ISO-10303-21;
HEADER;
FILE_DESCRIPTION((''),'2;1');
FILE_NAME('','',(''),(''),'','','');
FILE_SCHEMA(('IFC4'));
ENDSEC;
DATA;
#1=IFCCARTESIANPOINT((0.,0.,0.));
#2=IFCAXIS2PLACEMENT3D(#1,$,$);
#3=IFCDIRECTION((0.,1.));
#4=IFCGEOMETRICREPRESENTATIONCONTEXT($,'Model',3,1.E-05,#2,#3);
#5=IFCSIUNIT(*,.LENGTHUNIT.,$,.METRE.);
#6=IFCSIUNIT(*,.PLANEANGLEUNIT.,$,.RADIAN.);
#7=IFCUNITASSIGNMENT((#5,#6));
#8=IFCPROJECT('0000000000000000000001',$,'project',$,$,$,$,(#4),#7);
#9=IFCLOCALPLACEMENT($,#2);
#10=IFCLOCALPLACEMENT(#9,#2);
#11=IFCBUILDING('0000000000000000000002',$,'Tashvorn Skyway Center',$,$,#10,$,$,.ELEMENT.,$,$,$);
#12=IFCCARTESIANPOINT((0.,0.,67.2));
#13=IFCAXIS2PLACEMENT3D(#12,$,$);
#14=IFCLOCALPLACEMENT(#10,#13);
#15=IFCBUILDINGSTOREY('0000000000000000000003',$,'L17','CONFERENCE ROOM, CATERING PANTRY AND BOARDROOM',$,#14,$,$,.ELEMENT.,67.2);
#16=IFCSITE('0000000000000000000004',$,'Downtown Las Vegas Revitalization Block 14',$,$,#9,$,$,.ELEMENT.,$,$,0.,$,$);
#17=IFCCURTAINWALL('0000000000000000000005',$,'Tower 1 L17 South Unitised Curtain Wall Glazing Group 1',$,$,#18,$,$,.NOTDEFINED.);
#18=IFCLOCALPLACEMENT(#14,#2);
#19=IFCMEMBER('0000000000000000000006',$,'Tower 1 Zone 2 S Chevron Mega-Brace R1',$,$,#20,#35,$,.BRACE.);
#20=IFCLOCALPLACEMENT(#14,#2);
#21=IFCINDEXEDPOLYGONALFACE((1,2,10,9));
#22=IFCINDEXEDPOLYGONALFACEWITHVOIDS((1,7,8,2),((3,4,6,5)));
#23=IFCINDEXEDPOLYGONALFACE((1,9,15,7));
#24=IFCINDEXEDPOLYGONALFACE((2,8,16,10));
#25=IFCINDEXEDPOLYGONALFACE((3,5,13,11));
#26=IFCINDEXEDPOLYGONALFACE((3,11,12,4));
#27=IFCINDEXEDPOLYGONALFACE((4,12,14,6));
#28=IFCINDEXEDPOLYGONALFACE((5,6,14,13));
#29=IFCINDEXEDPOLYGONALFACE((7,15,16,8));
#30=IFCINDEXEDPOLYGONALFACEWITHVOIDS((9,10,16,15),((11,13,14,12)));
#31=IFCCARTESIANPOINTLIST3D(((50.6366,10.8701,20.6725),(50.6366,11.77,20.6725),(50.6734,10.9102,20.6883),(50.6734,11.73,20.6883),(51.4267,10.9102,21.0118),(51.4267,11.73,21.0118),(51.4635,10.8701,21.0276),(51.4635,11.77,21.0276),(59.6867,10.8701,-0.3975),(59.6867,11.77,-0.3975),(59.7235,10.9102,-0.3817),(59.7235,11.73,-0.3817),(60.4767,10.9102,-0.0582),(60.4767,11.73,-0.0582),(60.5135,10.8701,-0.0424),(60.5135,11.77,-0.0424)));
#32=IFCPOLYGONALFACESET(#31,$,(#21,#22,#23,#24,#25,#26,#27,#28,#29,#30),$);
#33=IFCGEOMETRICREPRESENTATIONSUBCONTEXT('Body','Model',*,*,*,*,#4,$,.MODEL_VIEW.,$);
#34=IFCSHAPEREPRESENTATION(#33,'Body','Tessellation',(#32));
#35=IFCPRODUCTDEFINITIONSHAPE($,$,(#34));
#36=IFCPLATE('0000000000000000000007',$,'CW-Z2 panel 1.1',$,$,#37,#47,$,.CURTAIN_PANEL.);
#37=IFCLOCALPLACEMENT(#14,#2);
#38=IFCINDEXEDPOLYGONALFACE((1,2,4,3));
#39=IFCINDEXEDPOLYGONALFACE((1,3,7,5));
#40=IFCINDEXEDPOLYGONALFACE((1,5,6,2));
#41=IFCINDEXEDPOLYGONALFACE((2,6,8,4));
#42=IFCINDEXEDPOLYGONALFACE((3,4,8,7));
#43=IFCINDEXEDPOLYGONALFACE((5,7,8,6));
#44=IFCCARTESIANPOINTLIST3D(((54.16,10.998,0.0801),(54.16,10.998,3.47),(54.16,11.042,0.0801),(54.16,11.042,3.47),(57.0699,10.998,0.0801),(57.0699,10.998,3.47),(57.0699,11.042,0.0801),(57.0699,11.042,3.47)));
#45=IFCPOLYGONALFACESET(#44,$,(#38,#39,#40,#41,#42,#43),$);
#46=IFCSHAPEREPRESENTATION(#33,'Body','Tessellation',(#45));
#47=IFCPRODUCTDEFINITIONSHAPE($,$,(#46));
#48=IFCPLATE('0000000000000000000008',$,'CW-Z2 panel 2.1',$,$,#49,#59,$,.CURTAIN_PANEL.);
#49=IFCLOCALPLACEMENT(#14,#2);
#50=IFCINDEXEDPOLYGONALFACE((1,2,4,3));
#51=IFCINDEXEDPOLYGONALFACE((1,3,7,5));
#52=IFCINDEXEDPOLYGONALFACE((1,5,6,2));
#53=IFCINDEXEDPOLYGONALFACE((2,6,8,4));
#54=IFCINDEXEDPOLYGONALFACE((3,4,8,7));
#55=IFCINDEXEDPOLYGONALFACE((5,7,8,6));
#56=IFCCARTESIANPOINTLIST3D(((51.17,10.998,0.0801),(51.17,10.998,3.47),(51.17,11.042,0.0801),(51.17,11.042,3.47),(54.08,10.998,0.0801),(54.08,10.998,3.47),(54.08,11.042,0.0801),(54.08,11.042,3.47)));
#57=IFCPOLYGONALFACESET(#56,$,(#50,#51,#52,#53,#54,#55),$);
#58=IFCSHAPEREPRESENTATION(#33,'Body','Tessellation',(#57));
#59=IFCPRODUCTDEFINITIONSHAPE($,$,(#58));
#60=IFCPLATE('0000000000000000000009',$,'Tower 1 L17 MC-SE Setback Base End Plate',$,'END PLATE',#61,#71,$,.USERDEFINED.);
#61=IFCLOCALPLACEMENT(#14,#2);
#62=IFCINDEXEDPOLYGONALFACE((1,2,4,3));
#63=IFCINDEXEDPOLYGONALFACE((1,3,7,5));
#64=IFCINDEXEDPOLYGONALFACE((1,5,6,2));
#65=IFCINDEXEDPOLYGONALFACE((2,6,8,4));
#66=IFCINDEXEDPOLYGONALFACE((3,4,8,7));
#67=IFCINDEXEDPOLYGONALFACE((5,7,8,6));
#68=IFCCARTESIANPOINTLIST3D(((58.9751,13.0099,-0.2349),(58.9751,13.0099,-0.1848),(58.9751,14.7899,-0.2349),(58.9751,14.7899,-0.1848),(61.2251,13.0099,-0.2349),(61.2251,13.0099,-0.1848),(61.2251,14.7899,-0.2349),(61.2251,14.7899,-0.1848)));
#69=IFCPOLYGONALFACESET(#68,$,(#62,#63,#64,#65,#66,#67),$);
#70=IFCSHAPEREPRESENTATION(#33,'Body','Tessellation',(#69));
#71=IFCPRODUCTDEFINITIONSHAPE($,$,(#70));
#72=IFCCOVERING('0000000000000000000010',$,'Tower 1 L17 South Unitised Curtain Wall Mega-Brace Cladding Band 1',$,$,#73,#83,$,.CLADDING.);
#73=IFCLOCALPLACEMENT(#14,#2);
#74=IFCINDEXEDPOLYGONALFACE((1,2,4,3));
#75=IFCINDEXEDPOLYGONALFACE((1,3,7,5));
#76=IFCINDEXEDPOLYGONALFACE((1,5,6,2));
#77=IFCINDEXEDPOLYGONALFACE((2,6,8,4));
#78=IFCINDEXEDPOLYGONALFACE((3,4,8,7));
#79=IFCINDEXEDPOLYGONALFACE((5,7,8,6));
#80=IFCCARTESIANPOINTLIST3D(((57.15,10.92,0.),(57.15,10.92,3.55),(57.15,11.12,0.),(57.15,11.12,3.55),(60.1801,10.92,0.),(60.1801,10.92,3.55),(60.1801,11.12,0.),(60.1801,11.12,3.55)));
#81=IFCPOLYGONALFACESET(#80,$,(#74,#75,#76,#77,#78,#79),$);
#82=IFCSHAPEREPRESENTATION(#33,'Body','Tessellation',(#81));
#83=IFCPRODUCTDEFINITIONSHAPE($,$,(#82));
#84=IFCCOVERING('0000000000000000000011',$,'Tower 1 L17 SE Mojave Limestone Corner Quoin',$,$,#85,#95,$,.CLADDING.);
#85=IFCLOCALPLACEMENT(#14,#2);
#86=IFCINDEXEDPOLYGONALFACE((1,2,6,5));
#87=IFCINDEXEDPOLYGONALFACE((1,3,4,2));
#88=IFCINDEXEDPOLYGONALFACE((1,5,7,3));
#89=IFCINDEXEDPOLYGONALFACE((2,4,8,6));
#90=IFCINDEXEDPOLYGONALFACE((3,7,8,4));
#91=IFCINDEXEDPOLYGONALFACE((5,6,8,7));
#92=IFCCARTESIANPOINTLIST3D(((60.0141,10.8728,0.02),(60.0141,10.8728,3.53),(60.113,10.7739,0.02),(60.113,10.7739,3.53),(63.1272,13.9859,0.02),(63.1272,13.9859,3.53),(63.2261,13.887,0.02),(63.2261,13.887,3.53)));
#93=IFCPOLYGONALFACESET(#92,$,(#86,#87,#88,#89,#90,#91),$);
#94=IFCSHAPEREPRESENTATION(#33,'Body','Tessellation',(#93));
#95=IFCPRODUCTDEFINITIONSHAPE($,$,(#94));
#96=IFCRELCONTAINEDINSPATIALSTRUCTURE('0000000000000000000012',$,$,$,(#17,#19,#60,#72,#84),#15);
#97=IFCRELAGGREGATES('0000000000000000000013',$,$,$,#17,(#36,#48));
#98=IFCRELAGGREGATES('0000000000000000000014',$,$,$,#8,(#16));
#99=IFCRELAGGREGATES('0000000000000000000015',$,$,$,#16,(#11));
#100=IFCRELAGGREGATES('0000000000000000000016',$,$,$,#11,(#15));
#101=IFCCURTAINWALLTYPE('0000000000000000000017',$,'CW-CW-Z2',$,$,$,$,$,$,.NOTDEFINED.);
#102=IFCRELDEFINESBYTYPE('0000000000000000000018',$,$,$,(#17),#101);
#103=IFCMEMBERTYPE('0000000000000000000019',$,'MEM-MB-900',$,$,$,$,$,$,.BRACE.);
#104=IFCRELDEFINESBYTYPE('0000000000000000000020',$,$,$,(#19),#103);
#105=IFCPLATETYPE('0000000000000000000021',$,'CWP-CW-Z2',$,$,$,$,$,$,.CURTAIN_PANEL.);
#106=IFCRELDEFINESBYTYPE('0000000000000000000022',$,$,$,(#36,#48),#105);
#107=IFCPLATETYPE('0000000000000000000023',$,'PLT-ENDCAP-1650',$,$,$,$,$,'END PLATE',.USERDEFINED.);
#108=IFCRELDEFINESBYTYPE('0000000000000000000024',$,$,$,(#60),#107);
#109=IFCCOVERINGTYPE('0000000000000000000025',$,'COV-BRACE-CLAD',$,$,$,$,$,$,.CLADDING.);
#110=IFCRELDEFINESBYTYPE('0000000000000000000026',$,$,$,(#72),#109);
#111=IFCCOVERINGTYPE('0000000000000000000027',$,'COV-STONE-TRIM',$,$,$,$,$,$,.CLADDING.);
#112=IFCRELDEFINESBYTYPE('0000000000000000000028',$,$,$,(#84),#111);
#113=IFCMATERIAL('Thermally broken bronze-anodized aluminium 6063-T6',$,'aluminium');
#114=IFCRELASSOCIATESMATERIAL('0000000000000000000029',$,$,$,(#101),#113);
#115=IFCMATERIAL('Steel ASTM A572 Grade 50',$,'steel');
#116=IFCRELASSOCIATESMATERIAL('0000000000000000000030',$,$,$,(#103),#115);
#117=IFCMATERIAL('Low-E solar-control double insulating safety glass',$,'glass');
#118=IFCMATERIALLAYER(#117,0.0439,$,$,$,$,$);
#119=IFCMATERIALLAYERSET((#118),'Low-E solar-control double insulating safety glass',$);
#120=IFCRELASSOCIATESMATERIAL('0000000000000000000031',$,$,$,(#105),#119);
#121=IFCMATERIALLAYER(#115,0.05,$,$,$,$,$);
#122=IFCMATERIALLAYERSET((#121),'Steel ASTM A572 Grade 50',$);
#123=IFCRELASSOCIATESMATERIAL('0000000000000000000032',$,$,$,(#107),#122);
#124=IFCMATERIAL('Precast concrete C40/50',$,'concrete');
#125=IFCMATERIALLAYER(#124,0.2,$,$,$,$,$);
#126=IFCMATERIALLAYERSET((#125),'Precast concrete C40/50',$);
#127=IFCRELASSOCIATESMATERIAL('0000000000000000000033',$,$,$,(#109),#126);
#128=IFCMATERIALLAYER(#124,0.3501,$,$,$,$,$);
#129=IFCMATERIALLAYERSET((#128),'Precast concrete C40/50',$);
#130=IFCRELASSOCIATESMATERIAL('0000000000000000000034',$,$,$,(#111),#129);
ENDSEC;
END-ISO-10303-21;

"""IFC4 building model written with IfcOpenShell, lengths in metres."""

from ifc_helpers import new_model, si_unit, direction, frame, origin, origin_2d, place, context, subcontext, project, spatial, rectangle, hollow_rectangle, extrude, material, layer, layer_set, material_profile, profile_set, type_object, element, aggregate, save


model = new_model("IFC4")

# Units and contexts
model_context = context("Model", 3, precision=1e-05, world=origin(), true_north=direction((0.0, 1.0)))
body_context = subcontext(model_context, "Body", "Model", "MODEL_VIEW")
ifc_project = project(units=[si_unit("LENGTHUNIT", "METRE"), si_unit("PLANEANGLEUNIT", "RADIAN")], contexts=[model_context])

# Site, building, storey
site_placement = place(None, origin())
site = spatial("IfcSite", under=ifc_project, at=site_placement, Name="Downtown Las Vegas Revitalization Block 14", CompositionType="ELEMENT", RefElevation=0.0)
building_placement = place(site_placement, origin())
building = spatial("IfcBuilding", under=site, at=building_placement, Name="Tashvorn Skyway Center", CompositionType="ELEMENT")
storey_placement = place(building_placement, frame((0.0, 0.0, 67.2)))
storey = spatial("IfcBuildingStorey", under=building, at=storey_placement, Name="L17", Description="CONFERENCE ROOM, CATERING PANTRY AND BOARDROOM", CompositionType="ELEMENT", Elevation=67.2)

# Shared definitions
ifc_material_1 = material(Name="Steel ASTM A572 Grade 50", Category="steel")

# Curtain wall
ifc_material_2 = material(Name="Thermally broken bronze-anodized aluminium 6063-T6", Category="aluminium")
curtain_wall_type = type_object("IfcCurtainWallType", Name="CW-CW-Z2", PredefinedType="NOTDEFINED", material=ifc_material_2)
curtain_wall_1_placement = place(storey_placement, origin())
curtain_wall_1 = element("IfcCurtainWall", 1, at=curtain_wall_1_placement, inside=storey, type_object=curtain_wall_type, Name="Tower 1 L17 South Unitised Curtain Wall Glazing Group 1", PredefinedType="NOTDEFINED")

# Member
ifc_material_profile_1 = material_profile(ifc_material_1, hollow_rectangle(XDim=0.8999, YDim=0.8999, WallThickness=0.04, at=origin_2d()), Name="BOX900x900x40")
ifc_profile_set_1 = profile_set([ifc_material_profile_1], Name="Steel ASTM A572 Grade 50")
member_type_1 = type_object("IfcMemberType", Name="MEM-MB-900", PredefinedType="BRACE", material=ifc_profile_set_1)
member_1_placement = place(storey_placement, frame((60.1001, 11.3201, -0.22), z_axis=(-0.394657, 0.0, 0.918829), x_axis=(0.0, -1.0, 0.0)))
element("IfcMember", 2, at=member_1_placement, inside=storey, type_object=member_type_1, Name="Tower 1 Zone 2 S Chevron Mega-Brace R1", PredefinedType="BRACE", context=body_context, shape_type="SweptSolid", body=[
    extrude(hollow_rectangle(XDim=0.8999, YDim=0.8999, WallThickness=0.04, at=origin_2d()), origin(), (0.0, 0.0, 1.0), 22.9314),
])

# Plates
ifc_material_3 = material(Name="Low-E solar-control double insulating safety glass", Category="glass")
ifc_layer_1 = layer(ifc_material_3, 0.0439)
ifc_layer_set_1 = layer_set([ifc_layer_1], Name="Low-E solar-control double insulating safety glass")
plate_type_1 = type_object("IfcPlateType", Name="CWP-CW-Z2", PredefinedType="CURTAIN_PANEL", material=ifc_layer_set_1)
plate_1_placement = place(storey_placement, frame((55.615, 11.02, 0.0801), z_axis=(0.0, 0.0, 1.0), x_axis=(-1.0, 0.0, 0.0)))
plate_1 = element("IfcPlate", 3, at=plate_1_placement, type_object=plate_type_1, Name="CW-Z2 panel 1.1", PredefinedType="CURTAIN_PANEL", context=body_context, shape_type="SweptSolid", body=[
    extrude(rectangle(XDim=2.9099, YDim=0.0439, at=origin_2d()), origin(), (0.0, 0.0, 1.0), 3.3899),
])
plate_2_placement = place(storey_placement, frame((52.625, 11.02, 0.0801), z_axis=(0.0, 0.0, 1.0), x_axis=(-1.0, 0.0, 0.0)))
plate_2 = element("IfcPlate", 4, at=plate_2_placement, type_object=plate_type_1, Name="CW-Z2 panel 2.1", PredefinedType="CURTAIN_PANEL", context=body_context, shape_type="SweptSolid", body=[
    extrude(rectangle(XDim=2.9099, YDim=0.0439, at=origin_2d()), origin(), (0.0, 0.0, 1.0), 3.3899),
])
aggregate(curtain_wall_1, [plate_1, plate_2])
ifc_layer_2 = layer(ifc_material_1, 0.05)
ifc_layer_set_2 = layer_set([ifc_layer_2], Name="Steel ASTM A572 Grade 50")
plate_type_2 = type_object("IfcPlateType", Name="PLT-ENDCAP-1650", ElementType="END PLATE", PredefinedType="USERDEFINED", material=ifc_layer_set_2)
plate_3_placement = place(storey_placement, frame((60.1001, 13.8999, -0.2349), z_axis=(0.0, 0.0, 1.0), x_axis=(1.0, 0.0, 0.0)))
element("IfcPlate", 5, at=plate_3_placement, inside=storey, type_object=plate_type_2, Name="Tower 1 L17 MC-SE Setback Base End Plate", ObjectType="END PLATE", PredefinedType="USERDEFINED", context=body_context, shape_type="SweptSolid", body=[
    extrude(rectangle(XDim=2.25, YDim=1.78, at=origin_2d()), origin(), (0.0, 0.0, 1.0), 0.05),
])

# Coverings
ifc_material_4 = material(Name="Precast concrete C40/50", Category="concrete")
ifc_layer_3 = layer(ifc_material_4, 0.2)
ifc_layer_set_3 = layer_set([ifc_layer_3], Name="Precast concrete C40/50")
covering_type_1 = type_object("IfcCoveringType", Name="COV-BRACE-CLAD", PredefinedType="CLADDING", material=ifc_layer_set_3)
covering_1_placement = place(storey_placement, frame((58.665, 11.02, 0.0), z_axis=(0.0, 0.0, 1.0), x_axis=(-1.0, 0.0, 0.0)))
element("IfcCovering", 6, at=covering_1_placement, inside=storey, type_object=covering_type_1, Name="Tower 1 L17 South Unitised Curtain Wall Mega-Brace Cladding Band 1", PredefinedType="CLADDING", context=body_context, shape_type="SweptSolid", body=[
    extrude(rectangle(XDim=3.03, YDim=0.2, at=origin_2d()), origin(), (0.0, 0.0, 1.0), 3.55),
])
ifc_layer_4 = layer(ifc_material_4, 0.3501)
ifc_layer_set_4 = layer_set([ifc_layer_4], Name="Precast concrete C40/50")
covering_type_2 = type_object("IfcCoveringType", Name="COV-STONE-TRIM", PredefinedType="CLADDING", material=ifc_layer_set_4)
covering_2_placement = place(storey_placement, frame((61.6201, 12.3799, 0.02), z_axis=(0.0, 0.0, 1.0), x_axis=(0.707107, 0.707107, 0.0)))
element("IfcCovering", 7, at=covering_2_placement, inside=storey, type_object=covering_type_2, Name="Tower 1 L17 SE Mojave Limestone Corner Quoin", PredefinedType="CLADDING", context=body_context, shape_type="SweptSolid", body=[
    extrude(rectangle(XDim=4.4026, YDim=0.1399, at=origin_2d()), origin(), (0.0, 0.0, 1.0), 3.51),
])

save(model, "model.ifc")
